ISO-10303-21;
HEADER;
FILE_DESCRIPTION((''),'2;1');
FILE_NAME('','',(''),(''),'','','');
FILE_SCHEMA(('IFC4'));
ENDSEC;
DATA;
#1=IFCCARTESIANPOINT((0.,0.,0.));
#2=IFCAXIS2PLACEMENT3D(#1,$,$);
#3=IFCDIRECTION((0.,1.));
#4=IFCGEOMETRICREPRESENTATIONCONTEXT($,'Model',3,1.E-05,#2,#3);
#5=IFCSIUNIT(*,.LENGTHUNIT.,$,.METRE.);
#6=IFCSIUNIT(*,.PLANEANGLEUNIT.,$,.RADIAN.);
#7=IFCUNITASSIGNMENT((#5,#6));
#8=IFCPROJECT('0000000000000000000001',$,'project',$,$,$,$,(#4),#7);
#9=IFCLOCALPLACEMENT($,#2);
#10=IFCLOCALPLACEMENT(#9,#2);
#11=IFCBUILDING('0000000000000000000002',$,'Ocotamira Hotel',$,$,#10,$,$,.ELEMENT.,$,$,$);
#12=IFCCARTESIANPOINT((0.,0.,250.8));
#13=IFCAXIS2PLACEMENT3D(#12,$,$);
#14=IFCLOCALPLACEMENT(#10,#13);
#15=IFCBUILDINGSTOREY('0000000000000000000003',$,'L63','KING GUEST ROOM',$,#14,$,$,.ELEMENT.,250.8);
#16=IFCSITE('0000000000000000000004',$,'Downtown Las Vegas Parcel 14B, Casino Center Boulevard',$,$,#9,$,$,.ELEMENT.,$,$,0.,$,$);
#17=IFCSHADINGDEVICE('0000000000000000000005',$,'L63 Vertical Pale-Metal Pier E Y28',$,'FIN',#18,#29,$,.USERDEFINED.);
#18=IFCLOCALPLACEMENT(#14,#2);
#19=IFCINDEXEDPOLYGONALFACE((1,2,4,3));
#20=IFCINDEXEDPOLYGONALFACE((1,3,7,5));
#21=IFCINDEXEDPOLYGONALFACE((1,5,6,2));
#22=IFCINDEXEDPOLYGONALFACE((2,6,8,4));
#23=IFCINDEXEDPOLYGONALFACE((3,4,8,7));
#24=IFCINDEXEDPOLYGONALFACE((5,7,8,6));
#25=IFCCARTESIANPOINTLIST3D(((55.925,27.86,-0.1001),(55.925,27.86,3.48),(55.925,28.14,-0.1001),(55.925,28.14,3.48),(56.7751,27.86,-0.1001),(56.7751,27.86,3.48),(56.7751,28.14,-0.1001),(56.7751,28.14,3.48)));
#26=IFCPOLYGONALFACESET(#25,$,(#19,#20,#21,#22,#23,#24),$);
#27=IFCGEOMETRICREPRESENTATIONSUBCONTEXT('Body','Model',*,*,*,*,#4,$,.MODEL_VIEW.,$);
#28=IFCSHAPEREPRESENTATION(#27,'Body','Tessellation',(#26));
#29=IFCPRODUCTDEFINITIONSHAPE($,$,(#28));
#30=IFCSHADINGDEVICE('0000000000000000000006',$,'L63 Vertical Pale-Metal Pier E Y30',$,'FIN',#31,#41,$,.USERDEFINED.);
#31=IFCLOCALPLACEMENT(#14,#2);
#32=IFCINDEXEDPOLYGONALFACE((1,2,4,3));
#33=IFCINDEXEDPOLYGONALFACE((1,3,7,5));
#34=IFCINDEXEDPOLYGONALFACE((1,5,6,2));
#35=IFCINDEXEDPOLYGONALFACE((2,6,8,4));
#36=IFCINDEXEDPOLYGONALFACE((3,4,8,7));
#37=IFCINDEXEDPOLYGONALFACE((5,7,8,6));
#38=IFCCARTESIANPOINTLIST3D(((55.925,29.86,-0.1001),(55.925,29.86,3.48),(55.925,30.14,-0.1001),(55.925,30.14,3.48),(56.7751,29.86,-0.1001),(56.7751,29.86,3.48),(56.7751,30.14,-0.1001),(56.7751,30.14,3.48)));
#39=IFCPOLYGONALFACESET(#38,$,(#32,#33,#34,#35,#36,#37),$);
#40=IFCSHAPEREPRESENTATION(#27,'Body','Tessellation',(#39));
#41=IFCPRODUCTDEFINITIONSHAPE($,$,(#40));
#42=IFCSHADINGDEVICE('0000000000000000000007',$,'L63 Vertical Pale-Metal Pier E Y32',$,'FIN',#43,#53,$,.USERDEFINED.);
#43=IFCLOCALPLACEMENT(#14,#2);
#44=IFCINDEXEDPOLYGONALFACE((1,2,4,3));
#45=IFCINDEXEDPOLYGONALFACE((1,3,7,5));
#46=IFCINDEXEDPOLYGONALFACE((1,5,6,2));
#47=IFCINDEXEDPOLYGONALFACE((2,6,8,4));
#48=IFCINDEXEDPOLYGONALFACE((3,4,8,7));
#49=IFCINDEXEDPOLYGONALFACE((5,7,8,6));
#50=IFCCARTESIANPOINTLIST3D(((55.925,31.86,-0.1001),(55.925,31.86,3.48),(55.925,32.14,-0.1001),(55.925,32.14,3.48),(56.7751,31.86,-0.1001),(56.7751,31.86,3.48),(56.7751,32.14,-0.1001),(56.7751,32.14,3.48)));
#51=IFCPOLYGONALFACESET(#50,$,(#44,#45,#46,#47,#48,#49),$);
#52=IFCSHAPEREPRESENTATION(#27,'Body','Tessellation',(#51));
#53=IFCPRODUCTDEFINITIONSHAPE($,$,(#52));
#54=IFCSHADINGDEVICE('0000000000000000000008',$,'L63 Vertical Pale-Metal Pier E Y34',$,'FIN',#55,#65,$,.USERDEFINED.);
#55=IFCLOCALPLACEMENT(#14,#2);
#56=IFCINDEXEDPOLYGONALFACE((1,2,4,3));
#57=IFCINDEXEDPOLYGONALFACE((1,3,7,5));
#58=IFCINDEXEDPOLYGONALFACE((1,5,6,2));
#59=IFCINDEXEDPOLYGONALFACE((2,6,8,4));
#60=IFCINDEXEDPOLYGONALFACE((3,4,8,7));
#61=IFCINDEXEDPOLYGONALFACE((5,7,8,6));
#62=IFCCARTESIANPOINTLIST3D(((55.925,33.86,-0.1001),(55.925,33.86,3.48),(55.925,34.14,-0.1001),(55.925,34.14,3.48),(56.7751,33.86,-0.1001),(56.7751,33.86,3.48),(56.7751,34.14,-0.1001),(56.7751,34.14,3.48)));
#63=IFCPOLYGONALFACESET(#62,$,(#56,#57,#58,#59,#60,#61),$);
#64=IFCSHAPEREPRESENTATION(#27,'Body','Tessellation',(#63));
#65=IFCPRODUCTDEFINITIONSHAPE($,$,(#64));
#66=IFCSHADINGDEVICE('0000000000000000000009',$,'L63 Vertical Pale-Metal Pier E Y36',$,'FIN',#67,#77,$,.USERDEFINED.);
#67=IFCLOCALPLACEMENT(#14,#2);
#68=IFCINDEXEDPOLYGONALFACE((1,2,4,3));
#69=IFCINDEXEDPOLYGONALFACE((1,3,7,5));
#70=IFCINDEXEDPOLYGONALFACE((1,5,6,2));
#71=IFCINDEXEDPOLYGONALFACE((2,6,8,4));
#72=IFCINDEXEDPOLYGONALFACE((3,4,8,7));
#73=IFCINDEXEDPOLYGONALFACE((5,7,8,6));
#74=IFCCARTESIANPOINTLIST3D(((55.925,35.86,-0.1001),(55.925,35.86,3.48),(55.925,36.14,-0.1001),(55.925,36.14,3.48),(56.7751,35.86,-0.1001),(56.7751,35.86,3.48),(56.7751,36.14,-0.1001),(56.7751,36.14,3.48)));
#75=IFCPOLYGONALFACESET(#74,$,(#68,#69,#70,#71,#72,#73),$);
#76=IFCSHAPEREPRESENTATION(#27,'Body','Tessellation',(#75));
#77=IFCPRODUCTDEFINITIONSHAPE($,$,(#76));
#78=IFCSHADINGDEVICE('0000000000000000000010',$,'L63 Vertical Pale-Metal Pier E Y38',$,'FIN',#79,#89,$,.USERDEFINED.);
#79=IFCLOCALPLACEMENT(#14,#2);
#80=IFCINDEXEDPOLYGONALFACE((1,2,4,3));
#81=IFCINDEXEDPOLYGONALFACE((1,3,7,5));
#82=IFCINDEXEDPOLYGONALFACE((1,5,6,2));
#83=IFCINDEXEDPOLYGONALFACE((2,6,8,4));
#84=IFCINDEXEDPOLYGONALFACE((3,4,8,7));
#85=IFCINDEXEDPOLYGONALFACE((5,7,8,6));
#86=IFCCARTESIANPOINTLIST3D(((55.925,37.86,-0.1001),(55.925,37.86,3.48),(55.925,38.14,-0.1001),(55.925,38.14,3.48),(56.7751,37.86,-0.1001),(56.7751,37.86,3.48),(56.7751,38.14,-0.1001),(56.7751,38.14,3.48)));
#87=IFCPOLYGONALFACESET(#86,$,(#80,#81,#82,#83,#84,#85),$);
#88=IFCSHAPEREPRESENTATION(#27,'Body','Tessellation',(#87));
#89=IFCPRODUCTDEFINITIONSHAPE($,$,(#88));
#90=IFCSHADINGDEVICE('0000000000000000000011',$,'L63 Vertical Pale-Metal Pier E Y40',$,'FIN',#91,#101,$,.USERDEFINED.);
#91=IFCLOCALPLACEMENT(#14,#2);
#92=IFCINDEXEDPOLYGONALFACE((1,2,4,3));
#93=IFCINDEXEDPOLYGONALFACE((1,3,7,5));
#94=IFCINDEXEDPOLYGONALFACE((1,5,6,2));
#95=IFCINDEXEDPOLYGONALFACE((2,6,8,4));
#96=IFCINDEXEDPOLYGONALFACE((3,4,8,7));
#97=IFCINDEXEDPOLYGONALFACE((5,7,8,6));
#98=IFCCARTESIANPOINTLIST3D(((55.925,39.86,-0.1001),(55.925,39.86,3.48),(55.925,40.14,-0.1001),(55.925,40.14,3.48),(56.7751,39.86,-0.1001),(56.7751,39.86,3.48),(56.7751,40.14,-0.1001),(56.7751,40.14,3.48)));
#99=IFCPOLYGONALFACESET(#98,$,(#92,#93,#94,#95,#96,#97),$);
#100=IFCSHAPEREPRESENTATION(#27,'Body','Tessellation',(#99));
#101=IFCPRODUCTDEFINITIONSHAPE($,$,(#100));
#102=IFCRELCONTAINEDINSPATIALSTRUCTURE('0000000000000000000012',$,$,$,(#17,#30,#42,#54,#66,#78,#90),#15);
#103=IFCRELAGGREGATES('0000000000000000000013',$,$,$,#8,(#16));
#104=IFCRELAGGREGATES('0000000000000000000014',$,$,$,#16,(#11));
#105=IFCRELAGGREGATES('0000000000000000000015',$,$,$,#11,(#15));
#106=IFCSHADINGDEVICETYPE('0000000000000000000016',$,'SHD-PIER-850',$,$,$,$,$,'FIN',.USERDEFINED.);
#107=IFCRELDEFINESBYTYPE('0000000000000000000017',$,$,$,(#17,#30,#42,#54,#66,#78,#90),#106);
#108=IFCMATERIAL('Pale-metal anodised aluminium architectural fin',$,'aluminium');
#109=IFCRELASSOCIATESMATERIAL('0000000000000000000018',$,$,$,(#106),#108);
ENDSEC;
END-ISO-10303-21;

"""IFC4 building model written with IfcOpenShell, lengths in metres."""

from ifc_helpers import new_model, si_unit, direction, frame, origin, origin_2d, place, context, subcontext, project, spatial, rectangle, extrude, source, transform, mapped, material, type_object, element, save


model = new_model("IFC4")

# Units and contexts
model_context = context("Model", 3, precision=1e-05, world=origin(), true_north=direction((0.0, 1.0)))
body_context = subcontext(model_context, "Body", "Model", "MODEL_VIEW")
ifc_project = project(units=[si_unit("LENGTHUNIT", "METRE"), si_unit("PLANEANGLEUNIT", "RADIAN")], contexts=[model_context])

# Site, building, storey
site_placement = place(None, origin())
site = spatial("IfcSite", under=ifc_project, at=site_placement, Name="Downtown Las Vegas Parcel 14B, Casino Center Boulevard", CompositionType="ELEMENT", RefElevation=0.0)
building_placement = place(site_placement, origin())
building = spatial("IfcBuilding", under=site, at=building_placement, Name="Ocotamira Hotel", CompositionType="ELEMENT")
storey_placement = place(building_placement, frame((0.0, 0.0, 250.8)))
storey = spatial("IfcBuildingStorey", under=building, at=storey_placement, Name="L63", Description="KING GUEST ROOM", CompositionType="ELEMENT", Elevation=250.8)

# Shading devices
ifc_material_1 = material(Name="Pale-metal anodised aluminium architectural fin", Category="aluminium")
shading_device_type = type_object("IfcShadingDeviceType", Name="SHD-PIER-850", ElementType="FIN", PredefinedType="USERDEFINED", material=ifc_material_1)
shared_shape_1 = source(origin(), body_context, "Body", "SweptSolid", [
    extrude(rectangle(XDim=0.8501, YDim=0.28, at=origin_2d()), origin(), (0.0, 0.0, 1.0), 3.5801),
])
for number, where, z_axis, x_axis, name in (
    (1, (56.3501, 28.0, -0.1001), (0.0, 0.0, 1.0), (1.0, 0.0, 0.0), "L63 Vertical Pale-Metal Pier E Y28"),
    (2, (56.3501, 30.0, -0.1001), (0.0, 0.0, 1.0), (1.0, 0.0, 0.0), "L63 Vertical Pale-Metal Pier E Y30"),
    (3, (56.3501, 32.0, -0.1001), (0.0, 0.0, 1.0), (1.0, 0.0, 0.0), "L63 Vertical Pale-Metal Pier E Y32"),
    (4, (56.3501, 34.0, -0.1001), (0.0, 0.0, 1.0), (1.0, 0.0, 0.0), "L63 Vertical Pale-Metal Pier E Y34"),
    (5, (56.3501, 36.0, -0.1001), (0.0, 0.0, 1.0), (1.0, 0.0, 0.0), "L63 Vertical Pale-Metal Pier E Y36"),
    (6, (56.3501, 38.0, -0.1001), (0.0, 0.0, 1.0), (1.0, 0.0, 0.0), "L63 Vertical Pale-Metal Pier E Y38"),
    (7, (56.3501, 40.0, -0.1001), (0.0, 0.0, 1.0), (1.0, 0.0, 0.0), "L63 Vertical Pale-Metal Pier E Y40"),
):
    element("IfcShadingDevice", number, at=place(storey_placement, frame(where, z_axis=z_axis, x_axis=x_axis)), inside=storey, type_object=shading_device_type, Name=name, ObjectType="FIN", PredefinedType="USERDEFINED", context=body_context, shape_type="MappedRepresentation", body=[
        mapped(shared_shape_1, transform((0.0, 0.0, 0.0), scale=1.0)),
    ])

save(model, "model.ifc")
